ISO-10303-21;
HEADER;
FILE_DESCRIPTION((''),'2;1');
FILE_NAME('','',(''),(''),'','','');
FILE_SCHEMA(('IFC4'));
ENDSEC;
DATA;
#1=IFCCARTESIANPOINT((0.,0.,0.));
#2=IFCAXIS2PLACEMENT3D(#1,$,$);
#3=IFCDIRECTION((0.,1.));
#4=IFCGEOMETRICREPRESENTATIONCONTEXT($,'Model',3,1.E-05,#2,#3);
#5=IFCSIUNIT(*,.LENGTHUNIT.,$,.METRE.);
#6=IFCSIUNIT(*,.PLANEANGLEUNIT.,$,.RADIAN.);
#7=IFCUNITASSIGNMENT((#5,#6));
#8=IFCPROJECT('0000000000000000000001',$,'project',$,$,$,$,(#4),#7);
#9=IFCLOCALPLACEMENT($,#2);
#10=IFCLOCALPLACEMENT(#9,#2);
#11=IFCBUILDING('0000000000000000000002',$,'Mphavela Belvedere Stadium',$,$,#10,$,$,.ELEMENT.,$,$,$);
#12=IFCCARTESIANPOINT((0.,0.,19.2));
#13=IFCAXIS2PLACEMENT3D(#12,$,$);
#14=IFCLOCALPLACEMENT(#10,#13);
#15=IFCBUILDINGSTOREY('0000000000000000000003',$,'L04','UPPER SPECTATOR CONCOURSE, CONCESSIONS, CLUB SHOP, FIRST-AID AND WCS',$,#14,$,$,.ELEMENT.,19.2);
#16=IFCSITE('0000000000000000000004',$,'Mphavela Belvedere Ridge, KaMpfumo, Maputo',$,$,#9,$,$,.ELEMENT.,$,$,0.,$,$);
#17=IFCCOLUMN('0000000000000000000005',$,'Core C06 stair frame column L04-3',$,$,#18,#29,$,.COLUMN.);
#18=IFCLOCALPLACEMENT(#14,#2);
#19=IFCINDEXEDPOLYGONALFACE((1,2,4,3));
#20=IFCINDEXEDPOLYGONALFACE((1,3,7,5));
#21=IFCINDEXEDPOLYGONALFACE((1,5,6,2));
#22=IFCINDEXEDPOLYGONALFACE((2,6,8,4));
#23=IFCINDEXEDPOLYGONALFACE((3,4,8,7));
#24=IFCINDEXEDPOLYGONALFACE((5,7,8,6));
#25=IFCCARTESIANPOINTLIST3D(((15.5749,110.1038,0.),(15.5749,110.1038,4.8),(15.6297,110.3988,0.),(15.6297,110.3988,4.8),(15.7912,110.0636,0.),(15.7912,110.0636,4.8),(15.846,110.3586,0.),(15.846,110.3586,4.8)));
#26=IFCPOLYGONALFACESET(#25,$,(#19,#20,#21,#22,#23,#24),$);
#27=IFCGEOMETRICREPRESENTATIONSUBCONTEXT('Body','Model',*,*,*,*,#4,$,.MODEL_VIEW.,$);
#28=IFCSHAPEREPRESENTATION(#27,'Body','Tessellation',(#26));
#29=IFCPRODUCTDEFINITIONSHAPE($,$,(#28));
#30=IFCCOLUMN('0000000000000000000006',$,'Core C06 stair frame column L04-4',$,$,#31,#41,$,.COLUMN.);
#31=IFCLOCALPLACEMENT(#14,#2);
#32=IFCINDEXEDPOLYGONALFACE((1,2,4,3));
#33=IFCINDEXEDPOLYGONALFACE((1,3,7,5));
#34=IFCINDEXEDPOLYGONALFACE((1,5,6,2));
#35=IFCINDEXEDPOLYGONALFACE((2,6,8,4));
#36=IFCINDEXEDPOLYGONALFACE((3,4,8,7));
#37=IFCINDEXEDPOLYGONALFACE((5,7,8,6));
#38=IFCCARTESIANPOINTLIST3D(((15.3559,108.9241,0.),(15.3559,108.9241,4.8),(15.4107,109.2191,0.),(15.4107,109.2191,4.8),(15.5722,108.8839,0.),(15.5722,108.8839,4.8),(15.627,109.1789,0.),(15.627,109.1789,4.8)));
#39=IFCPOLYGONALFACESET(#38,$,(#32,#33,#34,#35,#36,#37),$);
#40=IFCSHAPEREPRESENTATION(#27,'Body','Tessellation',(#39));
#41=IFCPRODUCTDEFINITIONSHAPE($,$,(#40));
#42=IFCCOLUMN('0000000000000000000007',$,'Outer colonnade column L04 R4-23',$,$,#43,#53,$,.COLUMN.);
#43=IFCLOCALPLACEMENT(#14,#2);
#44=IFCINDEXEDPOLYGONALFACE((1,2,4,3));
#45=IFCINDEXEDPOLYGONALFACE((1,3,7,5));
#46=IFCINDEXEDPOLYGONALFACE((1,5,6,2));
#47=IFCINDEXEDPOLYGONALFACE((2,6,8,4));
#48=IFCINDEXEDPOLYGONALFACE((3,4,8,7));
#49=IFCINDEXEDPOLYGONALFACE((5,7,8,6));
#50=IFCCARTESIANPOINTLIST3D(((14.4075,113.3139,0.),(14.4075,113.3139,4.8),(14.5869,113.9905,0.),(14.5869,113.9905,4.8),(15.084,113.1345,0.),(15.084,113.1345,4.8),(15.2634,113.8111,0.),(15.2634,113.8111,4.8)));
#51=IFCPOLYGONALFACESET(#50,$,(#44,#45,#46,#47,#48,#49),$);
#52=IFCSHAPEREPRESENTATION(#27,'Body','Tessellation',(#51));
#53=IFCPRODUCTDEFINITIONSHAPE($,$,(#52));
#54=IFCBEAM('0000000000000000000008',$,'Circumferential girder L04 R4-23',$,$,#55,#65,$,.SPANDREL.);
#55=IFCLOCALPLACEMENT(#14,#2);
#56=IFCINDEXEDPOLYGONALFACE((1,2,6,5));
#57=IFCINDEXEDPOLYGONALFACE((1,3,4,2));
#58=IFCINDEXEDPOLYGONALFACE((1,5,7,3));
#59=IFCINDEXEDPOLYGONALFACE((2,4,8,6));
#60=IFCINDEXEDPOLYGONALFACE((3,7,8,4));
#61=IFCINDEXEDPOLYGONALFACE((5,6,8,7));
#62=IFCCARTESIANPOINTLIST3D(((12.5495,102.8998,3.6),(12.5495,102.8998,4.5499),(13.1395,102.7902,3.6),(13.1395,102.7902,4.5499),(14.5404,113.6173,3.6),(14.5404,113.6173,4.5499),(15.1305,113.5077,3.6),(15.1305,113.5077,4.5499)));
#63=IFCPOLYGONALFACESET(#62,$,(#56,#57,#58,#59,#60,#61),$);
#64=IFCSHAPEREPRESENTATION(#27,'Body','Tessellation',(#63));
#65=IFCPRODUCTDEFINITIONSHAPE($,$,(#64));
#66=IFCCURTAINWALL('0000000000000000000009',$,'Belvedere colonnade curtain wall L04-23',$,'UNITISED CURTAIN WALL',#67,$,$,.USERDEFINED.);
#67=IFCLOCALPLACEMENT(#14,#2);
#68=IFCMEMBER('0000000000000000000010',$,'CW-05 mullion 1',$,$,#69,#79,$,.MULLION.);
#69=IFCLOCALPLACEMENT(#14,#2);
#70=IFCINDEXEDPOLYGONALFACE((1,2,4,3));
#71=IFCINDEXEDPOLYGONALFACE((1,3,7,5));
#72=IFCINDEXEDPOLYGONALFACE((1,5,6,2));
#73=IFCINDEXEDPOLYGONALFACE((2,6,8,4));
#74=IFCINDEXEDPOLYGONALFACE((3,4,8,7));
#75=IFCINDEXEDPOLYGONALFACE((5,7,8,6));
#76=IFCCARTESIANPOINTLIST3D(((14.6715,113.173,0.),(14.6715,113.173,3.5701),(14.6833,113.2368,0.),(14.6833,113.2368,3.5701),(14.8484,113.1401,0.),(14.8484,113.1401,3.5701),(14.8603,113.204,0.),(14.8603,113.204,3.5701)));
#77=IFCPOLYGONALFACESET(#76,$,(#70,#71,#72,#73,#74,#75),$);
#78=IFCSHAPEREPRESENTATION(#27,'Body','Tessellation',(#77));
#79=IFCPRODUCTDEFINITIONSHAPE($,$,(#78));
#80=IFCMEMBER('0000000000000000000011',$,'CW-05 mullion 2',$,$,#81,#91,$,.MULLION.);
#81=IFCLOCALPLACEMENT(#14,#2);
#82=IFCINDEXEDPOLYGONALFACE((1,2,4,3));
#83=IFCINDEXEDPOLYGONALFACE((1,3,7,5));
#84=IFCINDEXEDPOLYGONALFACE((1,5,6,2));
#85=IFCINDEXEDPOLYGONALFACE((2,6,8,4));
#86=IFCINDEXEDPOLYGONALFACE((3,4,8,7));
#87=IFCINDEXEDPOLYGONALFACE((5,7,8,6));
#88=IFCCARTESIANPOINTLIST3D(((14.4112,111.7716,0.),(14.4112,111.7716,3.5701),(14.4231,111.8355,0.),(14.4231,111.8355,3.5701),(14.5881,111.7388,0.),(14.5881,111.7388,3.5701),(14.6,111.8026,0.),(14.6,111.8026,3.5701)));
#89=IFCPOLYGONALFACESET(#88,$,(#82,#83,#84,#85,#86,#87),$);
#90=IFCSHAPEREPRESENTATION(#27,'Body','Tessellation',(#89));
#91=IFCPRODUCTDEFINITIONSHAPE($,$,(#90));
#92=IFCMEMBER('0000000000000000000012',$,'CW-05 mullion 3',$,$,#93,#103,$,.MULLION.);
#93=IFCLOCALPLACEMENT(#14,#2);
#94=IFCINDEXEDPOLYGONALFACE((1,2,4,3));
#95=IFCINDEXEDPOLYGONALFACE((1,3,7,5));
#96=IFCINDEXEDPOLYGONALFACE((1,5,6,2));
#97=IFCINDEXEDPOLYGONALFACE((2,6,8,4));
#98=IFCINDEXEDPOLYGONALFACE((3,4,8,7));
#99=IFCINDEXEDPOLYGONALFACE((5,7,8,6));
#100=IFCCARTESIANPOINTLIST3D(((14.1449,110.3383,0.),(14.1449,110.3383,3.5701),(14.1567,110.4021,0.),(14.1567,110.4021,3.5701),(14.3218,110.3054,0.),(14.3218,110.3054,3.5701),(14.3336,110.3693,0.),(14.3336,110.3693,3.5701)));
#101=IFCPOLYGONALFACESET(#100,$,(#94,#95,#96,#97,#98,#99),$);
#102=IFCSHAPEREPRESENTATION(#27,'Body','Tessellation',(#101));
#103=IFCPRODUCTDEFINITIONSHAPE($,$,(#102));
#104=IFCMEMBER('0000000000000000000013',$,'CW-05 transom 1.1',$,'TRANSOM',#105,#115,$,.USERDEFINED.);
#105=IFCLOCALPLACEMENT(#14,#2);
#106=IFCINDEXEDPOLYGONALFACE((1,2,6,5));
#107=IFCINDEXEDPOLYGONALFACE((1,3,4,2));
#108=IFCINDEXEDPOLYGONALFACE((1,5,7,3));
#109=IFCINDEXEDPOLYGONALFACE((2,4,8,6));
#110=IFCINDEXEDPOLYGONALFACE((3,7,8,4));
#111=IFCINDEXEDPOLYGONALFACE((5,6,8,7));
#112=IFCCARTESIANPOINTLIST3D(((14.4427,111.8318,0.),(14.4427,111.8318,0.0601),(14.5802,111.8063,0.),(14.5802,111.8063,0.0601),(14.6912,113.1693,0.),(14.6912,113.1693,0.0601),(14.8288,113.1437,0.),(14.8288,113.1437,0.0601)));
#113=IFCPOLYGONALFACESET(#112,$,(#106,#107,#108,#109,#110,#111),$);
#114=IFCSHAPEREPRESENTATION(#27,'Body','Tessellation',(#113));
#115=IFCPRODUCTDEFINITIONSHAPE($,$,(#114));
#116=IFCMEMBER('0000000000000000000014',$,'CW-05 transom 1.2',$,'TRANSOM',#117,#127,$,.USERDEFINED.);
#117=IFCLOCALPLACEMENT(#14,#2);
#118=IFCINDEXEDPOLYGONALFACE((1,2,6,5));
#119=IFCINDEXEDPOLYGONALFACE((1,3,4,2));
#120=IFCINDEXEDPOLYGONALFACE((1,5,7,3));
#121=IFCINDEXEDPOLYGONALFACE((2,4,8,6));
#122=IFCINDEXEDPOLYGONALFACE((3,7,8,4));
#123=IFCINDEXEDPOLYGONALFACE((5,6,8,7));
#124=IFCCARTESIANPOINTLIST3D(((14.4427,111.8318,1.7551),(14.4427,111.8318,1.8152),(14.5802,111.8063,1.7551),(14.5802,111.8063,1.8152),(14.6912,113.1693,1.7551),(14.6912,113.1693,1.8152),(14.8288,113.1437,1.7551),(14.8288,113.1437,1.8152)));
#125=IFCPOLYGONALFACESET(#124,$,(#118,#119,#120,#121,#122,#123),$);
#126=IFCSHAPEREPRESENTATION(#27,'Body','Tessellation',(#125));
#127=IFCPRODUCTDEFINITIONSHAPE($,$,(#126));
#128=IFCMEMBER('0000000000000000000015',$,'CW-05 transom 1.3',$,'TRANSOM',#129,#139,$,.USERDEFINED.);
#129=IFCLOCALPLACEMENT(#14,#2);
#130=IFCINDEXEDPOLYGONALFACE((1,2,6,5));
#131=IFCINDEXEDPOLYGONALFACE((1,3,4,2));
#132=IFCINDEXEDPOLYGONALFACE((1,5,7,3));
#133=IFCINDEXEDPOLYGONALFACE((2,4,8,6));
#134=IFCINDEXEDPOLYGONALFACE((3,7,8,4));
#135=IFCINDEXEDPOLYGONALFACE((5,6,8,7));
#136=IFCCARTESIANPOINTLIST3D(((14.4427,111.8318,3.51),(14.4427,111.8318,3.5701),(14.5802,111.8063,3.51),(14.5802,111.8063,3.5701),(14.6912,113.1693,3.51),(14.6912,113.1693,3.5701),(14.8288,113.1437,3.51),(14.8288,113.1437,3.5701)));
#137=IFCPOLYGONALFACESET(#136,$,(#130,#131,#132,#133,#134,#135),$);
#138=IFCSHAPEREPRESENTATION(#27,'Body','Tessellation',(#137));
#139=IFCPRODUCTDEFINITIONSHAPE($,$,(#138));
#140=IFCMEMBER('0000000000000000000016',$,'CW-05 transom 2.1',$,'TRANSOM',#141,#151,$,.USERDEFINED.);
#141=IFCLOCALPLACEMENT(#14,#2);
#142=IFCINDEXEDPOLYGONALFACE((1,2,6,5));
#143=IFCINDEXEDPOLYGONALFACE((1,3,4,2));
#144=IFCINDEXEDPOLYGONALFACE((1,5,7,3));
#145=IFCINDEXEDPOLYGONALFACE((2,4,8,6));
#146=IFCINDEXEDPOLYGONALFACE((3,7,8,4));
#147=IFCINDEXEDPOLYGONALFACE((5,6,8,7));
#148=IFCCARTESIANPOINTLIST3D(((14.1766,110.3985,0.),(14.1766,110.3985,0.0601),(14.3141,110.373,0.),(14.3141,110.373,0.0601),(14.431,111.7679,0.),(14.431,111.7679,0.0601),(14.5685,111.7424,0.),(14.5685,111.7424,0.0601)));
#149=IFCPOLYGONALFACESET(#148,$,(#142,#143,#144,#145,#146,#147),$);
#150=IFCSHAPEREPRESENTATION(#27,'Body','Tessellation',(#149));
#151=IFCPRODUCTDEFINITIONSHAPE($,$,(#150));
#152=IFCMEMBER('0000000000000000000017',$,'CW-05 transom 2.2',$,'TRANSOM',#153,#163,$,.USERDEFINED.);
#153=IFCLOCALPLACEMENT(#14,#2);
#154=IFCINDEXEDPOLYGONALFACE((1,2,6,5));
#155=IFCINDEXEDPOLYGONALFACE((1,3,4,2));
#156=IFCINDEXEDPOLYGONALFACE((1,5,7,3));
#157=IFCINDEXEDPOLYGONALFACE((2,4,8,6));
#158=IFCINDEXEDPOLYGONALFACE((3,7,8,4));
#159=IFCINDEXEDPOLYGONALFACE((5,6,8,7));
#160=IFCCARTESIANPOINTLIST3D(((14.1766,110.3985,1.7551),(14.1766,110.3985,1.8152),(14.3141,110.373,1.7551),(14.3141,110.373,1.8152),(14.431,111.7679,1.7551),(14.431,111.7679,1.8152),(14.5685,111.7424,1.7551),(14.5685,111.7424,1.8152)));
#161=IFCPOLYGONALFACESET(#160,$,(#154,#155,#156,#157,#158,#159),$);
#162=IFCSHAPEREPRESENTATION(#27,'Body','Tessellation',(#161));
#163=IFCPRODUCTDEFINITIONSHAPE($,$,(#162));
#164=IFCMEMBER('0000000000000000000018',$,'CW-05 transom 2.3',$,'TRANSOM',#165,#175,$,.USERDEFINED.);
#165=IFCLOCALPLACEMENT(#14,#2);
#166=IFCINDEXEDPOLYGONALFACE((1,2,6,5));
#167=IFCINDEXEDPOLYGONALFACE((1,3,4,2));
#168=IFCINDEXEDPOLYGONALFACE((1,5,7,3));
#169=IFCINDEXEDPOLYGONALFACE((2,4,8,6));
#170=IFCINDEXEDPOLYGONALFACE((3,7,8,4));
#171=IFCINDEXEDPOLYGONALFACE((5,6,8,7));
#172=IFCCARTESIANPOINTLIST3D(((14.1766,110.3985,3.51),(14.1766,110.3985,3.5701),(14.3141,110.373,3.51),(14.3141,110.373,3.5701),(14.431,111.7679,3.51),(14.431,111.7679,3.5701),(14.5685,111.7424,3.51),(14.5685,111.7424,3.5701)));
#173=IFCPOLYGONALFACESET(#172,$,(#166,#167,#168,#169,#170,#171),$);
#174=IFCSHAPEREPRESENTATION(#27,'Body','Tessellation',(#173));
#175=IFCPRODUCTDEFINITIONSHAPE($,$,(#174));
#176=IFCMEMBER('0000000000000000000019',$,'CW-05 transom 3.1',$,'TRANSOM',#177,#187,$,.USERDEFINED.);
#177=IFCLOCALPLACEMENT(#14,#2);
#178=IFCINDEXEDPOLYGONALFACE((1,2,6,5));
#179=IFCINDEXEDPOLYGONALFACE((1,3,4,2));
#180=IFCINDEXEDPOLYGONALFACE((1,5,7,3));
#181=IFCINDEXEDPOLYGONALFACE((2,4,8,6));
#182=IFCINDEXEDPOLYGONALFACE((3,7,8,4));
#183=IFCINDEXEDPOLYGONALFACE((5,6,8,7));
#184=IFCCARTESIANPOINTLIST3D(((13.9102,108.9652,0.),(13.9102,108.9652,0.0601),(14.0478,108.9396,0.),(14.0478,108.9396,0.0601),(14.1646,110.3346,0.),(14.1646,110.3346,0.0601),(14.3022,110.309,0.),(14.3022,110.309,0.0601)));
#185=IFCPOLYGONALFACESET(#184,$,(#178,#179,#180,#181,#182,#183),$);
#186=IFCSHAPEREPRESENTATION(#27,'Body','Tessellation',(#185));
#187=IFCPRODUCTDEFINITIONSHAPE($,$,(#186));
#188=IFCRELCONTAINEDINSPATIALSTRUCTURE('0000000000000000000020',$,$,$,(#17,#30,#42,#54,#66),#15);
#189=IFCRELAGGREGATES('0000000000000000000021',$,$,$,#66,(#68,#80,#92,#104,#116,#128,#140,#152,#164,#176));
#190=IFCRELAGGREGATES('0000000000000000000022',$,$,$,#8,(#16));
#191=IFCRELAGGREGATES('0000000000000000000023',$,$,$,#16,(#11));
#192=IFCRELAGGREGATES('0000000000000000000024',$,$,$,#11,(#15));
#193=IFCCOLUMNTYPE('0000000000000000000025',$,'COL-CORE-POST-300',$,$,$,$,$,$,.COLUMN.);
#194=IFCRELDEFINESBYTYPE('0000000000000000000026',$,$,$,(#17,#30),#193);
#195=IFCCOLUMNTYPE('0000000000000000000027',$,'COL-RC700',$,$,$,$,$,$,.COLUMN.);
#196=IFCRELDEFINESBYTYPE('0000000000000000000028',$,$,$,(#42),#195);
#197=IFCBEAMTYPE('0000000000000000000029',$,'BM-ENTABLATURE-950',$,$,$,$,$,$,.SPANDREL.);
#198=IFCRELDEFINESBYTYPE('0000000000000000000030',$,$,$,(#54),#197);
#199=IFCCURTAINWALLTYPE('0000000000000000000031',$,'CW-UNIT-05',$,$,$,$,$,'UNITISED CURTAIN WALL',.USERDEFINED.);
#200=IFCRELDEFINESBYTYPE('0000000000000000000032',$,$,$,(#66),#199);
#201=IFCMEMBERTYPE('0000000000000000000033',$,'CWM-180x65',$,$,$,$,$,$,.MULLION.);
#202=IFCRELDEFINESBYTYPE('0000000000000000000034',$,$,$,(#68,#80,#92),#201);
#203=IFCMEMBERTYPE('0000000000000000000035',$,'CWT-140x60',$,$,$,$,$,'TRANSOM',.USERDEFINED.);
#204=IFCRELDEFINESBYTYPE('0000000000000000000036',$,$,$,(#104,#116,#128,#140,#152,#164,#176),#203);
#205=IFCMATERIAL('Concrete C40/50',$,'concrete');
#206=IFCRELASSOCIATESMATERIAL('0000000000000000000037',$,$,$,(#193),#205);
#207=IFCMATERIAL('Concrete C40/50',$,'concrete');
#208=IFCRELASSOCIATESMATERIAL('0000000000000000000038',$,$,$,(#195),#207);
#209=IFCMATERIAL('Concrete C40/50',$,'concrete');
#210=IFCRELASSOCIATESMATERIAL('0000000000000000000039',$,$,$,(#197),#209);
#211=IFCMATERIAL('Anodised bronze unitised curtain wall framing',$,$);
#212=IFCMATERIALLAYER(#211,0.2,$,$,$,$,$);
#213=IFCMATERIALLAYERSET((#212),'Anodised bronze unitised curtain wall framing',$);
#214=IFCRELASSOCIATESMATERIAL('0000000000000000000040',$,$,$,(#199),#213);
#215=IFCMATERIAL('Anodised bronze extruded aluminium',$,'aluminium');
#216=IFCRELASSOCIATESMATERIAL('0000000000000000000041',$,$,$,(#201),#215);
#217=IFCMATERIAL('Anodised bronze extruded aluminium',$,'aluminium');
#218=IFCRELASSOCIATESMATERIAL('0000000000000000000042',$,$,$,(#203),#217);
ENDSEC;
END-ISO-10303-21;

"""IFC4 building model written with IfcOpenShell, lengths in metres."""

from ifc_helpers import new_model, si_unit, direction, frame, origin, origin_2d, place, context, subcontext, project, spatial, rectangle, extrude, material, layer, layer_set, material_profile, profile_set, type_object, element, aggregate, save


model = new_model("IFC4")

# Units and contexts
model_context = context("Model", 3, precision=1e-05, world=origin(), true_north=direction((0.0, 1.0)))
body_context = subcontext(model_context, "Body", "Model", "MODEL_VIEW")
ifc_project = project(units=[si_unit("LENGTHUNIT", "METRE"), si_unit("PLANEANGLEUNIT", "RADIAN")], contexts=[model_context])

# Site, building, storey
site_placement = place(None, origin())
site = spatial("IfcSite", under=ifc_project, at=site_placement, Name="Mphavela Belvedere Ridge, KaMpfumo, Maputo", CompositionType="ELEMENT", RefElevation=0.0)
building_placement = place(site_placement, origin())
building = spatial("IfcBuilding", under=site, at=building_placement, Name="Mphavela Belvedere Stadium", CompositionType="ELEMENT")
storey_placement = place(building_placement, frame((0.0, 0.0, 19.2)))
storey = spatial("IfcBuildingStorey", under=building, at=storey_placement, Name="L04", Description="UPPER SPECTATOR CONCOURSE, CONCESSIONS, CLUB SHOP, FIRST-AID AND WCS", CompositionType="ELEMENT", Elevation=19.2)

# Columns
ifc_material_1 = material(Name="Concrete C40/50", Category="concrete")
ifc_material_profile_1 = material_profile(ifc_material_1, rectangle(XDim=0.3, YDim=0.22, at=origin_2d()), Name="RC 300x220")
ifc_profile_set_1 = profile_set([ifc_material_profile_1], Name="Concrete C40/50")
column_type_1 = type_object("IfcColumnType", Name="COL-CORE-POST-300", PredefinedType="COLUMN", material=ifc_profile_set_1)
for number, where, z_axis, x_axis, name in (
    (1, (15.7104, 110.2312, 0.0), (0.0, 0.0, 1.0), (0.182579, 0.983191, 0.0), "Core C06 stair frame column L04-3"),
    (2, (15.4915, 109.0515, 0.0), (0.0, 0.0, 1.0), (0.182579, 0.983191, 0.0), "Core C06 stair frame column L04-4"),
):
    element("IfcColumn", number, at=place(storey_placement, frame(where, z_axis=z_axis, x_axis=x_axis)), inside=storey, type_object=column_type_1, Name=name, PredefinedType="COLUMN", context=body_context, shape_type="SweptSolid", body=[
        extrude(rectangle(XDim=0.3, YDim=0.22, at=origin_2d()), origin(), (0.0, 0.0, 1.0), 4.8),
    ])
ifc_material_2 = material(Name="Concrete C40/50", Category="concrete")
ifc_material_profile_2 = material_profile(ifc_material_2, rectangle(XDim=0.7, YDim=0.7, at=origin_2d()), Name="RC 700x700")
ifc_profile_set_2 = profile_set([ifc_material_profile_2], Name="Concrete C40/50")
column_type_2 = type_object("IfcColumnType", Name="COL-RC700", PredefinedType="COLUMN", material=ifc_profile_set_2)
column_placement = place(storey_placement, frame((14.8354, 113.5625, 0.0), z_axis=(0.0, 0.0, 1.0), x_axis=(-0.9666, 0.256289, 0.0)))
element("IfcColumn", 3, at=column_placement, inside=storey, type_object=column_type_2, Name="Outer colonnade column L04 R4-23", PredefinedType="COLUMN", context=body_context, shape_type="SweptSolid", body=[
    extrude(rectangle(XDim=0.7, YDim=0.7, at=origin_2d()), origin(), (0.0, 0.0, 1.0), 4.8),
])

# Beam
ifc_material_3 = material(Name="Concrete C40/50", Category="concrete")
ifc_material_profile_3 = material_profile(ifc_material_3, rectangle(XDim=0.6001, YDim=0.95, at=origin_2d()), Name="RC 600x950")
ifc_profile_set_3 = profile_set([ifc_material_profile_3], Name="Concrete C40/50")
beam_type = type_object("IfcBeamType", Name="BM-ENTABLATURE-950", PredefinedType="SPANDREL", material=ifc_profile_set_3)
beam_placement = place(storey_placement, frame((14.8354, 113.5625, 4.075), z_axis=(-0.182643, -0.983179, 0.0), x_axis=(0.983179, -0.182643, 0.0)))
element("IfcBeam", 4, at=beam_placement, inside=storey, type_object=beam_type, Name="Circumferential girder L04 R4-23", PredefinedType="SPANDREL", context=body_context, shape_type="SweptSolid", body=[
    extrude(rectangle(XDim=0.6001, YDim=0.95, at=origin_2d()), origin(), (0.0, 0.0, 1.0), 10.9009),
])

# Curtain wall, members
ifc_material_4 = material(Name="Anodised bronze unitised curtain wall framing")
ifc_layer_1 = layer(ifc_material_4, 0.2)
ifc_layer_set_1 = layer_set([ifc_layer_1], Name="Anodised bronze unitised curtain wall framing")
curtain_wall_type = type_object("IfcCurtainWallType", Name="CW-UNIT-05", ElementType="UNITISED CURTAIN WALL", PredefinedType="USERDEFINED", material=ifc_layer_set_1)
curtain_wall_placement = place(storey_placement, origin())
curtain_wall = element("IfcCurtainWall", 5, at=curtain_wall_placement, inside=storey, type_object=curtain_wall_type, Name="Belvedere colonnade curtain wall L04-23", ObjectType="UNITISED CURTAIN WALL", PredefinedType="USERDEFINED")
ifc_material_5 = material(Name="Anodised bronze extruded aluminium", Category="aluminium")
ifc_material_profile_4 = material_profile(ifc_material_5, rectangle(XDim=0.1799, YDim=0.0649, at=origin_2d()), Name="CW-MUL 180x65")
ifc_profile_set_4 = profile_set([ifc_material_profile_4], Name="Anodised bronze extruded aluminium")
member_type_1 = type_object("IfcMemberType", Name="CWM-180x65", PredefinedType="MULLION", material=ifc_profile_set_4)
member_1_placement = place(storey_placement, frame((14.7659, 113.1885, 0.0), z_axis=(0.0, 0.0, 1.0), x_axis=(0.983184, -0.182618, 0.0)))
member_1 = element("IfcMember", 6, at=member_1_placement, type_object=member_type_1, Name="CW-05 mullion 1", PredefinedType="MULLION", context=body_context, shape_type="SweptSolid", body=[
    extrude(rectangle(XDim=0.1799, YDim=0.0649, at=origin_2d()), origin(), (0.0, 0.0, 1.0), 3.5701),
])
member_2_placement = place(storey_placement, frame((14.5056, 111.7871, 0.0), z_axis=(0.0, 0.0, 1.0), x_axis=(0.983184, -0.182618, 0.0)))
member_2 = element("IfcMember", 7, at=member_2_placement, type_object=member_type_1, Name="CW-05 mullion 2", PredefinedType="MULLION", context=body_context, shape_type="SweptSolid", body=[
    extrude(rectangle(XDim=0.1799, YDim=0.0649, at=origin_2d()), origin(), (0.0, 0.0, 1.0), 3.5701),
])
member_3_placement = place(storey_placement, frame((14.2393, 110.3538, 0.0), z_axis=(0.0, 0.0, 1.0), x_axis=(0.983184, -0.182618, 0.0)))
member_3 = element("IfcMember", 8, at=member_3_placement, type_object=member_type_1, Name="CW-05 mullion 3", PredefinedType="MULLION", context=body_context, shape_type="SweptSolid", body=[
    extrude(rectangle(XDim=0.1799, YDim=0.0649, at=origin_2d()), origin(), (0.0, 0.0, 1.0), 3.5701),
])
ifc_material_6 = material(Name="Anodised bronze extruded aluminium", Category="aluminium")
ifc_material_profile_5 = material_profile(ifc_material_6, rectangle(XDim=0.1399, YDim=0.0601, at=origin_2d()), Name="CW-TRN 140x60")
ifc_profile_set_5 = profile_set([ifc_material_profile_5], Name="Anodised bronze extruded aluminium")
member_type_2 = type_object("IfcMemberType", Name="CWT-140x60", ElementType="TRANSOM", PredefinedType="USERDEFINED", material=ifc_profile_set_5)
member_4_placement = place(storey_placement, frame((14.76, 113.1565, 0.03), z_axis=(-0.182706, -0.983168, 0.0), x_axis=(0.983168, -0.182706, 0.0)))
member_4 = element("IfcMember", 9, at=member_4_placement, type_object=member_type_2, Name="CW-05 transom 1.1", ObjectType="TRANSOM", PredefinedType="USERDEFINED", context=body_context, shape_type="SweptSolid", body=[
    extrude(rectangle(XDim=0.1399, YDim=0.0601, at=origin_2d()), origin(), (0.0, 0.0, 1.0), 1.3604),
])
member_5_placement = place(storey_placement, frame((14.76, 113.1565, 1.7852), z_axis=(-0.182706, -0.983168, 0.0), x_axis=(0.983168, -0.182706, 0.0)))
member_5 = element("IfcMember", 10, at=member_5_placement, type_object=member_type_2, Name="CW-05 transom 1.2", ObjectType="TRANSOM", PredefinedType="USERDEFINED", context=body_context, shape_type="SweptSolid", body=[
    extrude(rectangle(XDim=0.1399, YDim=0.0601, at=origin_2d()), origin(), (0.0, 0.0, 1.0), 1.3604),
])
member_6_placement = place(storey_placement, frame((14.76, 113.1565, 3.54), z_axis=(-0.182706, -0.983168, 0.0), x_axis=(0.983168, -0.182706, 0.0)))
member_6 = element("IfcMember", 11, at=member_6_placement, type_object=member_type_2, Name="CW-05 transom 1.3", ObjectType="TRANSOM", PredefinedType="USERDEFINED", context=body_context, shape_type="SweptSolid", body=[
    extrude(rectangle(XDim=0.1399, YDim=0.0601, at=origin_2d()), origin(), (0.0, 0.0, 1.0), 1.3604),
])
member_7_placement = place(storey_placement, frame((14.4998, 111.7551, 0.03), z_axis=(-0.182648, -0.983178, 0.0), x_axis=(0.983178, -0.182648, 0.0)))
member_7 = element("IfcMember", 12, at=member_7_placement, type_object=member_type_2, Name="CW-05 transom 2.1", ObjectType="TRANSOM", PredefinedType="USERDEFINED", context=body_context, shape_type="SweptSolid", body=[
    extrude(rectangle(XDim=0.1399, YDim=0.0601, at=origin_2d()), origin(), (0.0, 0.0, 1.0), 1.3928),
])
member_8_placement = place(storey_placement, frame((14.4998, 111.7551, 1.7852), z_axis=(-0.182648, -0.983178, 0.0), x_axis=(0.983178, -0.182648, 0.0)))
member_8 = element("IfcMember", 13, at=member_8_placement, type_object=member_type_2, Name="CW-05 transom 2.2", ObjectType="TRANSOM", PredefinedType="USERDEFINED", context=body_context, shape_type="SweptSolid", body=[
    extrude(rectangle(XDim=0.1399, YDim=0.0601, at=origin_2d()), origin(), (0.0, 0.0, 1.0), 1.3928),
])
member_9_placement = place(storey_placement, frame((14.4998, 111.7551, 3.54), z_axis=(-0.182648, -0.983178, 0.0), x_axis=(0.983178, -0.182648, 0.0)))
member_9 = element("IfcMember", 14, at=member_9_placement, type_object=member_type_2, Name="CW-05 transom 2.3", ObjectType="TRANSOM", PredefinedType="USERDEFINED", context=body_context, shape_type="SweptSolid", body=[
    extrude(rectangle(XDim=0.1399, YDim=0.0601, at=origin_2d()), origin(), (0.0, 0.0, 1.0), 1.3928),
])
member_10_placement = place(storey_placement, frame((14.2334, 110.3218, 0.03), z_axis=(-0.182648, -0.983178, 0.0), x_axis=(0.983178, -0.182648, 0.0)))
member_10 = element("IfcMember", 15, at=member_10_placement, type_object=member_type_2, Name="CW-05 transom 3.1", ObjectType="TRANSOM", PredefinedType="USERDEFINED", context=body_context, shape_type="SweptSolid", body=[
    extrude(rectangle(XDim=0.1399, YDim=0.0601, at=origin_2d()), origin(), (0.0, 0.0, 1.0), 1.3928),
])
aggregate(curtain_wall, [member_1, member_2, member_3, member_4, member_5, member_6, member_7, member_8, member_9, member_10])

save(model, "model.ifc")
